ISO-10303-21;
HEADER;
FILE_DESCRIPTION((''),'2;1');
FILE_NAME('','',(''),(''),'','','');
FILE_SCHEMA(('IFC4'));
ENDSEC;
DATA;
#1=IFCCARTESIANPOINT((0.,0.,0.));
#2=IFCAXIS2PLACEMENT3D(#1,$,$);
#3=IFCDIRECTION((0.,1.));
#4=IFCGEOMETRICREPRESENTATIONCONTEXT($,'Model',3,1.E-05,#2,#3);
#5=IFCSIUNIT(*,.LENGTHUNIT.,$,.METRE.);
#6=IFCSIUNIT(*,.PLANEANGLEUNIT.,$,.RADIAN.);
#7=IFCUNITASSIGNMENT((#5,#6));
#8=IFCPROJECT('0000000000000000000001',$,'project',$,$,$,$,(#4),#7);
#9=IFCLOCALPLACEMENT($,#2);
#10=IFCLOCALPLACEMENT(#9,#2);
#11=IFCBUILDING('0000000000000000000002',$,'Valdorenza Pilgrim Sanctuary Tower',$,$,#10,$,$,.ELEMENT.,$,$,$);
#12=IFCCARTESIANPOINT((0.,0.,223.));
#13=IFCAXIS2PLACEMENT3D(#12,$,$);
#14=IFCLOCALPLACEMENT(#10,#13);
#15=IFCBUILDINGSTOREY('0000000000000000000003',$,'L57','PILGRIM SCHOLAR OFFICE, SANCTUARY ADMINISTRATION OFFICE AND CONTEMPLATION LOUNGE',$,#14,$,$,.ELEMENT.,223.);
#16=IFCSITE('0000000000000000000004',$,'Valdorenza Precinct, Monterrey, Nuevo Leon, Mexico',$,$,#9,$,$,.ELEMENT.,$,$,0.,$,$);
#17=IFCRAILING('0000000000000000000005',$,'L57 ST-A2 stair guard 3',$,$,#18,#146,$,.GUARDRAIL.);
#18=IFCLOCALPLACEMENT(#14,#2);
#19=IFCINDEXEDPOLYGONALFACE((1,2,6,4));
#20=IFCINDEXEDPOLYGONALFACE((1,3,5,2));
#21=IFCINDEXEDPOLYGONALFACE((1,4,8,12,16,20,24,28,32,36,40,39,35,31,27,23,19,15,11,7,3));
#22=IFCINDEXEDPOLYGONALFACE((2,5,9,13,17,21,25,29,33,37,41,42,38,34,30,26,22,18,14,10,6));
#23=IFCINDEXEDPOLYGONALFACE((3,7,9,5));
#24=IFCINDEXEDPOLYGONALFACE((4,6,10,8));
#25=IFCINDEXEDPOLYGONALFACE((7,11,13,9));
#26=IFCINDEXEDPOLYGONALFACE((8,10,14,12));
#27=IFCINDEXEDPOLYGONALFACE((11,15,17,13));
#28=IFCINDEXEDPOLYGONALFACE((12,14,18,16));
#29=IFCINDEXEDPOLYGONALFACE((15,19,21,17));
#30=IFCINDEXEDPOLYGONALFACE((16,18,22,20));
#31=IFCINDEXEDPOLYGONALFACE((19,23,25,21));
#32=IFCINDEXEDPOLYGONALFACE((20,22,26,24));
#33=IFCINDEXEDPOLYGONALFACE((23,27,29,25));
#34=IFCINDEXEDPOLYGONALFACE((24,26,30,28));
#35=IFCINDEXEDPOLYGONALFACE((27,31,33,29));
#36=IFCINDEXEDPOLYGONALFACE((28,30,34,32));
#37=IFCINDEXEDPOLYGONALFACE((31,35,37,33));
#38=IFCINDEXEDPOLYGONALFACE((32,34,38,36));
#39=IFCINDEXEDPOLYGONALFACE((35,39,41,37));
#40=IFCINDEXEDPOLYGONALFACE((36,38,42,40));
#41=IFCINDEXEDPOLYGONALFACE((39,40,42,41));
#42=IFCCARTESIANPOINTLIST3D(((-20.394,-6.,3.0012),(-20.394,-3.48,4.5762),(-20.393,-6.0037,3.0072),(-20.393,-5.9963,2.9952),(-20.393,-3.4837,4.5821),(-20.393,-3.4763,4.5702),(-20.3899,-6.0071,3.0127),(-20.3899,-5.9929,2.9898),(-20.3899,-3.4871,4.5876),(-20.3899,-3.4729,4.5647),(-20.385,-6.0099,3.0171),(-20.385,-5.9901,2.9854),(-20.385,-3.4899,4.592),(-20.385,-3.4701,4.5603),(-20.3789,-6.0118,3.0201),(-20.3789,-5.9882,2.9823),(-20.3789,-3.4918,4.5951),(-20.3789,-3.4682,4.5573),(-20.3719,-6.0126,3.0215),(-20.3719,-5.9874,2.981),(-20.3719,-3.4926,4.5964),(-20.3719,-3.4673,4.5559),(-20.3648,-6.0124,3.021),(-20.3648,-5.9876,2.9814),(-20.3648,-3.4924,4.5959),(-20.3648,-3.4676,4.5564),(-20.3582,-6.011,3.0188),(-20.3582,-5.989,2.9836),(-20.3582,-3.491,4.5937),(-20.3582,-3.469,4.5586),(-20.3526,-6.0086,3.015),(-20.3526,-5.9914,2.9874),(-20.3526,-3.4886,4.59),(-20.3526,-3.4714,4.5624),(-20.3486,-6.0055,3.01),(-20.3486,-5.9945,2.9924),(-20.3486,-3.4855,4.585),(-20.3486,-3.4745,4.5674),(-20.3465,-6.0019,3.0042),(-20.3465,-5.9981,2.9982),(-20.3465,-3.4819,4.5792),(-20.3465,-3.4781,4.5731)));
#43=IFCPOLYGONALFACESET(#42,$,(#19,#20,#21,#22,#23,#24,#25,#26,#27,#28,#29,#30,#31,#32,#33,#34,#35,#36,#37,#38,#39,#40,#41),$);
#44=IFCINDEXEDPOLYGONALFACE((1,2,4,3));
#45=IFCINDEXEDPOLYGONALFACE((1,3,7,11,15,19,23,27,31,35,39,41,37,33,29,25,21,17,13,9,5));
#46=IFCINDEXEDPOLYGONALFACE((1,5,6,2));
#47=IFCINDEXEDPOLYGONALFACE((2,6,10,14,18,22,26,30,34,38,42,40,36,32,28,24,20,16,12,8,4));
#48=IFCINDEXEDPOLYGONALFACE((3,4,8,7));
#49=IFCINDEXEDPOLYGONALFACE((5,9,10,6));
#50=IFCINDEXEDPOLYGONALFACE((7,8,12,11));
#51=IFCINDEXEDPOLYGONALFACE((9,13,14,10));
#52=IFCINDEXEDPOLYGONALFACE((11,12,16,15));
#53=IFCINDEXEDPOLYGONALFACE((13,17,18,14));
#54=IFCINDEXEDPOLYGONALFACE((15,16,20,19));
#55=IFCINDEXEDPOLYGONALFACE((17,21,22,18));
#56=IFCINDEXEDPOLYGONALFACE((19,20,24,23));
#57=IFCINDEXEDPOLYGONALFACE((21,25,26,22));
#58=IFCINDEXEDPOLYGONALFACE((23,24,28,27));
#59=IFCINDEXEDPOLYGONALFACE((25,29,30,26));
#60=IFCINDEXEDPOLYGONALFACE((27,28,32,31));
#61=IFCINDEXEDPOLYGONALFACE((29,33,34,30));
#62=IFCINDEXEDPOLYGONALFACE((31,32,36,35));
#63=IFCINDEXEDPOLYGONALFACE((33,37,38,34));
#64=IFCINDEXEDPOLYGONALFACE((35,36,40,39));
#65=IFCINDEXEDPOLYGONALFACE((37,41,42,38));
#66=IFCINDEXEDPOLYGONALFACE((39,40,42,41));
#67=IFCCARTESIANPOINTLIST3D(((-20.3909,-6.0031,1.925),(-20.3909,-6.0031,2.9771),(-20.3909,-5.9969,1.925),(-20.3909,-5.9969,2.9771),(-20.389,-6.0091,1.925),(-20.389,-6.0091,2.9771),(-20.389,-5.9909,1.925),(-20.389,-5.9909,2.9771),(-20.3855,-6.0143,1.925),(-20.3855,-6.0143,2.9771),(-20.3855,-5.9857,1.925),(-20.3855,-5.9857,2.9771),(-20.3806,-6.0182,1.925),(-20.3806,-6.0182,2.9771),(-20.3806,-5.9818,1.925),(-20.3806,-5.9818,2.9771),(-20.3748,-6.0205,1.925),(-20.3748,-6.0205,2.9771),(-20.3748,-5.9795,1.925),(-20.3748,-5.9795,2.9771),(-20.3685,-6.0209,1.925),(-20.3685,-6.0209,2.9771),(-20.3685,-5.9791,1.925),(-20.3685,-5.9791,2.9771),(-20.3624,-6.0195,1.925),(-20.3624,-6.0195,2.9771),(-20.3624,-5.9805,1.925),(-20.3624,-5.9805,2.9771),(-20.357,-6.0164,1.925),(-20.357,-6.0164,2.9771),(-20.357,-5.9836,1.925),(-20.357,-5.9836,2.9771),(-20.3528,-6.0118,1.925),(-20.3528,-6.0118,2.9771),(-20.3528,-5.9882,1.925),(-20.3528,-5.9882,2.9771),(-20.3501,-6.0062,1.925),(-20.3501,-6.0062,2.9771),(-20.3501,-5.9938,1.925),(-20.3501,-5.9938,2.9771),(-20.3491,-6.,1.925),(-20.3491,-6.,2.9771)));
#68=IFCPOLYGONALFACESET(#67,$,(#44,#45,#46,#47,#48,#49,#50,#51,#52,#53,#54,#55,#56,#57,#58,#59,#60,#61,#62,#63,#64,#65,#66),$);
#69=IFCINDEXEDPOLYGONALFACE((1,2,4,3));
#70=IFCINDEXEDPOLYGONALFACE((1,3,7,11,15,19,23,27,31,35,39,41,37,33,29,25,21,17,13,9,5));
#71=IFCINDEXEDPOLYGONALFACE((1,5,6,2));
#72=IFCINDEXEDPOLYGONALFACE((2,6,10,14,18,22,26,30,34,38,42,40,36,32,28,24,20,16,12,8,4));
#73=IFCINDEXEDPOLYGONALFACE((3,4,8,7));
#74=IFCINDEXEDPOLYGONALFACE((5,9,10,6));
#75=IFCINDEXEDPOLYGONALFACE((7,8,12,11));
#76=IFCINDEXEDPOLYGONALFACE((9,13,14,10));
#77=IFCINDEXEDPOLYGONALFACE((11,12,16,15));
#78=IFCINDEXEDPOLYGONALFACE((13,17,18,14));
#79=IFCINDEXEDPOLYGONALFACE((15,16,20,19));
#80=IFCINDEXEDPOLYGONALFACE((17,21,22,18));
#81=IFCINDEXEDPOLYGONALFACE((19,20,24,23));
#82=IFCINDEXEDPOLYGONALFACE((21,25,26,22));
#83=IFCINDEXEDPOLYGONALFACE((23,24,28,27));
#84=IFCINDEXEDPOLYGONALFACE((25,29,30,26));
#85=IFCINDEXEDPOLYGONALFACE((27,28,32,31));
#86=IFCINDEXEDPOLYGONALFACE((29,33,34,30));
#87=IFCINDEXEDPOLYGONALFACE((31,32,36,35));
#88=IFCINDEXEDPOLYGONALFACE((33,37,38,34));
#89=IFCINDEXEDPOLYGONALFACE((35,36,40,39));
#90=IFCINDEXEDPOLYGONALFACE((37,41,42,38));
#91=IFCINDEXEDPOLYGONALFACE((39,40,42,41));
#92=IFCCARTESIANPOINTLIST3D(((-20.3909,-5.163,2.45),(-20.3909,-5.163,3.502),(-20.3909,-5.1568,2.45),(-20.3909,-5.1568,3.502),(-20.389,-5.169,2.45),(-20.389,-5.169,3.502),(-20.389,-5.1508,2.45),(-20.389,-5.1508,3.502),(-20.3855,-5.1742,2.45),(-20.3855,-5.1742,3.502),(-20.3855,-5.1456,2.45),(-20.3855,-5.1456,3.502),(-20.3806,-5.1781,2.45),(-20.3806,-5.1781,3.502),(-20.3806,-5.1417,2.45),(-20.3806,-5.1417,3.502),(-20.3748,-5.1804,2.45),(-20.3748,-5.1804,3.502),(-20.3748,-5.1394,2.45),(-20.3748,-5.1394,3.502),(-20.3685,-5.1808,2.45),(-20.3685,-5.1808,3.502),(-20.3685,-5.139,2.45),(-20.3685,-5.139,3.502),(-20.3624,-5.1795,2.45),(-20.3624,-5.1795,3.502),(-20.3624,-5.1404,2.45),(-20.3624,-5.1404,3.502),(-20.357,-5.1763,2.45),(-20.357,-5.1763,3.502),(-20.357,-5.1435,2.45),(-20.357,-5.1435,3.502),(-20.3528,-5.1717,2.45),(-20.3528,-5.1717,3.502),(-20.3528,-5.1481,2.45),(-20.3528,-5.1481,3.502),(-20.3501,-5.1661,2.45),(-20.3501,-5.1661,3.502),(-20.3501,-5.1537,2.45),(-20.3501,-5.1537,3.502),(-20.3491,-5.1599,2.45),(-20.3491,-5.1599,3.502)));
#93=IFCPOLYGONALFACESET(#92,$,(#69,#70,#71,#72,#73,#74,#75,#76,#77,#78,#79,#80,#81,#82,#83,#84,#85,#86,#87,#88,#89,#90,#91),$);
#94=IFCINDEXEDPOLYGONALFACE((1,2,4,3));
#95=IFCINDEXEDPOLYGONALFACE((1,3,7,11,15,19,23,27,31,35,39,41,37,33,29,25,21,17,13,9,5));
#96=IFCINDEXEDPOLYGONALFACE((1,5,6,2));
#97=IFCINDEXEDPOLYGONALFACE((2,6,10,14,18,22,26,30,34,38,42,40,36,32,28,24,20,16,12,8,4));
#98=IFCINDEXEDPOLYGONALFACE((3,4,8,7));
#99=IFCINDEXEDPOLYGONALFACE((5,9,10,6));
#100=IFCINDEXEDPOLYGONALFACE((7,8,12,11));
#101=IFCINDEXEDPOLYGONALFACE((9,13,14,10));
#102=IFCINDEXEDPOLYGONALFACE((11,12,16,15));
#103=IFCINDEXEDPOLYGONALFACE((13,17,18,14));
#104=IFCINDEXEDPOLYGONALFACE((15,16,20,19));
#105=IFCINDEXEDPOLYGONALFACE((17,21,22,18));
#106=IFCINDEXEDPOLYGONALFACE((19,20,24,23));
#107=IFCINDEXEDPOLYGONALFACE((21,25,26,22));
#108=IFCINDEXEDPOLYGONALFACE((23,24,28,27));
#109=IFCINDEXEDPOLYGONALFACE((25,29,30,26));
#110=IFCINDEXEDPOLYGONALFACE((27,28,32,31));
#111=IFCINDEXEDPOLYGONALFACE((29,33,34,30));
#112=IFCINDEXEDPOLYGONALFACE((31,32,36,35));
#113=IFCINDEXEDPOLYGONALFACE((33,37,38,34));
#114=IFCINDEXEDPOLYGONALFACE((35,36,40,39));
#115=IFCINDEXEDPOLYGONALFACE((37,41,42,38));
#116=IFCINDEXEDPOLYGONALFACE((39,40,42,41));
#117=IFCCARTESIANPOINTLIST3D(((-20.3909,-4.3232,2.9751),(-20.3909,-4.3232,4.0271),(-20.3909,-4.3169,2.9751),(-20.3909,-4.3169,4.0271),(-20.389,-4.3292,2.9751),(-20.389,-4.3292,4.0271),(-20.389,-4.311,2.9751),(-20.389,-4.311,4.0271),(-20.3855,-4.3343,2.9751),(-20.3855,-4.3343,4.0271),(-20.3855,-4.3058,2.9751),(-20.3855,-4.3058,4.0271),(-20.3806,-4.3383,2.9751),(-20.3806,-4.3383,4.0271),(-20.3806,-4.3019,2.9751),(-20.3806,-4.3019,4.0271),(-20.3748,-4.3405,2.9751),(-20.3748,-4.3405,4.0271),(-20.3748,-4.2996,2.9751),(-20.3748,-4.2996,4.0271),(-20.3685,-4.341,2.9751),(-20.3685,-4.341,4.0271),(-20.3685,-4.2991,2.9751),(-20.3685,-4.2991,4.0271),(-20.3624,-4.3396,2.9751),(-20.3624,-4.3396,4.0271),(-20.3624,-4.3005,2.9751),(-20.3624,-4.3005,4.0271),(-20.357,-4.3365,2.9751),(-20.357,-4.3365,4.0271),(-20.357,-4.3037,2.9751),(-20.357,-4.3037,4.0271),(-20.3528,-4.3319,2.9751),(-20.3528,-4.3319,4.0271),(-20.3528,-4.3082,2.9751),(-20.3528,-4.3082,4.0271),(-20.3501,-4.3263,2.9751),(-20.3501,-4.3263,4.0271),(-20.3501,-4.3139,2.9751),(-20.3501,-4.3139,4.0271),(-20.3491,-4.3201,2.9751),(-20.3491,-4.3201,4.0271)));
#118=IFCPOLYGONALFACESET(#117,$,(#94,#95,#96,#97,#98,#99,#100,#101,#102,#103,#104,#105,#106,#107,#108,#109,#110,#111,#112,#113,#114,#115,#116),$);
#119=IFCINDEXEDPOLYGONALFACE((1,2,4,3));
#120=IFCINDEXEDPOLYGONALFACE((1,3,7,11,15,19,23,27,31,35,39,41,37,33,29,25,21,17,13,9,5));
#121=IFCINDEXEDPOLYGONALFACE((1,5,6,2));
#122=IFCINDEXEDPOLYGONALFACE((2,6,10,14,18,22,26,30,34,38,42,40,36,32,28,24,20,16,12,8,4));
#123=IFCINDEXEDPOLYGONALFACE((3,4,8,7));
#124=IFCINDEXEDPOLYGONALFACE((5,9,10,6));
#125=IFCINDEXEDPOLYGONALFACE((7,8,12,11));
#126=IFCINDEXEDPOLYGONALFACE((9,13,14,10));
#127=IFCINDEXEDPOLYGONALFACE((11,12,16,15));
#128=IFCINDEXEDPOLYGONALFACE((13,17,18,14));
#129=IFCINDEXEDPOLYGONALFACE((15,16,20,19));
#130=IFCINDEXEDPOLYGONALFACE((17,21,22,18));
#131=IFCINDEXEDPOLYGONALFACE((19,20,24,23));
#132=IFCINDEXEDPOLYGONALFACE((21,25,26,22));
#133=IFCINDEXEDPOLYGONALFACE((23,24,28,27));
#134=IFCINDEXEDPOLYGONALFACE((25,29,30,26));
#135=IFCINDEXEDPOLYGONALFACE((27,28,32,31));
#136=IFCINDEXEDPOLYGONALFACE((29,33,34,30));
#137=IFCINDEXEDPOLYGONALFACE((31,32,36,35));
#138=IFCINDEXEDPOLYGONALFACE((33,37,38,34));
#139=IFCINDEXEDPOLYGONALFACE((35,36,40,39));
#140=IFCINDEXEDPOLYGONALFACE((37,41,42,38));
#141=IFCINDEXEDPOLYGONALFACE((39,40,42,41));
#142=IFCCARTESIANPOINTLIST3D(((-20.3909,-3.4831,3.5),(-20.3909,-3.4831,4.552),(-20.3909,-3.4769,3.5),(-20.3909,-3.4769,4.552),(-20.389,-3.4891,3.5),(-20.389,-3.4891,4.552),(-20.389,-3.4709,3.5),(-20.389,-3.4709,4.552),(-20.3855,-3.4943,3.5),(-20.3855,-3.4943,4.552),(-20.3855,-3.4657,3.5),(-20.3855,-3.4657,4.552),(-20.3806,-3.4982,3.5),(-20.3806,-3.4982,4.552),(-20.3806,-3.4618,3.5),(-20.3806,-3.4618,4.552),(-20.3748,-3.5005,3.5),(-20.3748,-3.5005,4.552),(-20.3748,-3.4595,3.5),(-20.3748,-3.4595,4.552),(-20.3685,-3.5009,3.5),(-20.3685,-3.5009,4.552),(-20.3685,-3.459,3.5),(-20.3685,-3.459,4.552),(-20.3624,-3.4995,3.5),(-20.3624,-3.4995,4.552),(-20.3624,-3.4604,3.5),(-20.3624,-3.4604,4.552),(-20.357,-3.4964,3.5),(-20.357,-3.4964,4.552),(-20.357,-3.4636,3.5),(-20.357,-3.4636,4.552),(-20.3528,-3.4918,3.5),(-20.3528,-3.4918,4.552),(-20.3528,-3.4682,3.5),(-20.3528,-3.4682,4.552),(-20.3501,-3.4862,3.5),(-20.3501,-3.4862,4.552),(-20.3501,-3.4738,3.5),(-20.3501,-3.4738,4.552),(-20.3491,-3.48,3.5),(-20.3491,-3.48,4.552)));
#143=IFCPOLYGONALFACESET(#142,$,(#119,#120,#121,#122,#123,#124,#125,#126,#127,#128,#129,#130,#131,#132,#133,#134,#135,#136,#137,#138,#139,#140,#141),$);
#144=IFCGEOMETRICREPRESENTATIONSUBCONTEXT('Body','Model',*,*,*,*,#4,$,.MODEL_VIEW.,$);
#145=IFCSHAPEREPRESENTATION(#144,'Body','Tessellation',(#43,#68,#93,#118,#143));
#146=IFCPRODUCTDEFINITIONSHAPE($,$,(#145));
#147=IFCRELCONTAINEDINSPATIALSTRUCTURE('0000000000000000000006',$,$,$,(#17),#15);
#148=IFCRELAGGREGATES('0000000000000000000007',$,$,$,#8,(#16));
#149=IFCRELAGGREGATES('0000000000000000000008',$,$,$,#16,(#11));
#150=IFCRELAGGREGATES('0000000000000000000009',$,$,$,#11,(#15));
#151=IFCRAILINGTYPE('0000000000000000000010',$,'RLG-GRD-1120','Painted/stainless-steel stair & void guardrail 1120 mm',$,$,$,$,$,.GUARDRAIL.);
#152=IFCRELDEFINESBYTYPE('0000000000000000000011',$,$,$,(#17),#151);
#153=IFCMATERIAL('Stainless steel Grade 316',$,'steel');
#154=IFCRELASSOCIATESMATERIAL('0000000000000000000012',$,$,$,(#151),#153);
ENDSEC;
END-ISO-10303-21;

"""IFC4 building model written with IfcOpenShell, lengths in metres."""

from ifc_helpers import new_model, si_unit, direction, frame, origin, origin_2d, place, context, subcontext, project, spatial, circle, extrude, material, type_object, element, save


model = new_model("IFC4")

# Units and contexts
model_context = context("Model", 3, precision=1e-05, world=origin(), true_north=direction((0.0, 1.0)))
body_context = subcontext(model_context, "Body", "Model", "MODEL_VIEW")
ifc_project = project(units=[si_unit("LENGTHUNIT", "METRE"), si_unit("PLANEANGLEUNIT", "RADIAN")], contexts=[model_context])

# Site, building, storey
site_placement = place(None, origin())
site = spatial("IfcSite", under=ifc_project, at=site_placement, Name="Valdorenza Precinct, Monterrey, Nuevo Leon, Mexico", CompositionType="ELEMENT", RefElevation=0.0)
building_placement = place(site_placement, origin())
building = spatial("IfcBuilding", under=site, at=building_placement, Name="Valdorenza Pilgrim Sanctuary Tower", CompositionType="ELEMENT")
storey_placement = place(building_placement, frame((0.0, 0.0, 223.0)))
storey = spatial("IfcBuildingStorey", under=building, at=storey_placement, Name="L57", Description="PILGRIM SCHOLAR OFFICE, SANCTUARY ADMINISTRATION OFFICE AND CONTEMPLATION LOUNGE", CompositionType="ELEMENT", Elevation=223.0)

# Railing
ifc_material_1 = material(Name="Stainless steel Grade 316", Category="steel")
railing_type_1 = type_object("IfcRailingType", Name="RLG-GRD-1120", Description="Painted/stainless-steel stair & void guardrail 1120 mm", PredefinedType="GUARDRAIL", material=ifc_material_1)
railing_1_placement = place(storey_placement, frame((-20.3701, -6.0, 1.925)))
element("IfcRailing", 1, at=railing_1_placement, inside=storey, type_object=railing_type_1, Name="L57 ST-A2 stair guard 3", PredefinedType="GUARDRAIL", context=body_context, shape_type="SweptSolid", body=[
    extrude(circle(Radius=0.0239, at=origin_2d()), frame((0.0, 0.0, 1.0762), z_axis=(0.0, 0.848008, 0.529984), x_axis=(-1.0, 0.0, 0.0)), (0.0, 0.0, 1.0), 2.9717),
    extrude(circle(Radius=0.021, at=origin_2d()), origin(), (0.0, 0.0, 1.0), 1.052),
    extrude(circle(Radius=0.021, at=origin_2d()), frame((0.0, 0.8401, 0.5249)), (0.0, 0.0, 1.0), 1.052),
    extrude(circle(Radius=0.021, at=origin_2d()), frame((0.0, 1.6799, 1.05)), (0.0, 0.0, 1.0), 1.052),
    extrude(circle(Radius=0.021, at=origin_2d()), frame((0.0, 2.52, 1.575)), (0.0, 0.0, 1.0), 1.052),
])

save(model, "model.ifc")
